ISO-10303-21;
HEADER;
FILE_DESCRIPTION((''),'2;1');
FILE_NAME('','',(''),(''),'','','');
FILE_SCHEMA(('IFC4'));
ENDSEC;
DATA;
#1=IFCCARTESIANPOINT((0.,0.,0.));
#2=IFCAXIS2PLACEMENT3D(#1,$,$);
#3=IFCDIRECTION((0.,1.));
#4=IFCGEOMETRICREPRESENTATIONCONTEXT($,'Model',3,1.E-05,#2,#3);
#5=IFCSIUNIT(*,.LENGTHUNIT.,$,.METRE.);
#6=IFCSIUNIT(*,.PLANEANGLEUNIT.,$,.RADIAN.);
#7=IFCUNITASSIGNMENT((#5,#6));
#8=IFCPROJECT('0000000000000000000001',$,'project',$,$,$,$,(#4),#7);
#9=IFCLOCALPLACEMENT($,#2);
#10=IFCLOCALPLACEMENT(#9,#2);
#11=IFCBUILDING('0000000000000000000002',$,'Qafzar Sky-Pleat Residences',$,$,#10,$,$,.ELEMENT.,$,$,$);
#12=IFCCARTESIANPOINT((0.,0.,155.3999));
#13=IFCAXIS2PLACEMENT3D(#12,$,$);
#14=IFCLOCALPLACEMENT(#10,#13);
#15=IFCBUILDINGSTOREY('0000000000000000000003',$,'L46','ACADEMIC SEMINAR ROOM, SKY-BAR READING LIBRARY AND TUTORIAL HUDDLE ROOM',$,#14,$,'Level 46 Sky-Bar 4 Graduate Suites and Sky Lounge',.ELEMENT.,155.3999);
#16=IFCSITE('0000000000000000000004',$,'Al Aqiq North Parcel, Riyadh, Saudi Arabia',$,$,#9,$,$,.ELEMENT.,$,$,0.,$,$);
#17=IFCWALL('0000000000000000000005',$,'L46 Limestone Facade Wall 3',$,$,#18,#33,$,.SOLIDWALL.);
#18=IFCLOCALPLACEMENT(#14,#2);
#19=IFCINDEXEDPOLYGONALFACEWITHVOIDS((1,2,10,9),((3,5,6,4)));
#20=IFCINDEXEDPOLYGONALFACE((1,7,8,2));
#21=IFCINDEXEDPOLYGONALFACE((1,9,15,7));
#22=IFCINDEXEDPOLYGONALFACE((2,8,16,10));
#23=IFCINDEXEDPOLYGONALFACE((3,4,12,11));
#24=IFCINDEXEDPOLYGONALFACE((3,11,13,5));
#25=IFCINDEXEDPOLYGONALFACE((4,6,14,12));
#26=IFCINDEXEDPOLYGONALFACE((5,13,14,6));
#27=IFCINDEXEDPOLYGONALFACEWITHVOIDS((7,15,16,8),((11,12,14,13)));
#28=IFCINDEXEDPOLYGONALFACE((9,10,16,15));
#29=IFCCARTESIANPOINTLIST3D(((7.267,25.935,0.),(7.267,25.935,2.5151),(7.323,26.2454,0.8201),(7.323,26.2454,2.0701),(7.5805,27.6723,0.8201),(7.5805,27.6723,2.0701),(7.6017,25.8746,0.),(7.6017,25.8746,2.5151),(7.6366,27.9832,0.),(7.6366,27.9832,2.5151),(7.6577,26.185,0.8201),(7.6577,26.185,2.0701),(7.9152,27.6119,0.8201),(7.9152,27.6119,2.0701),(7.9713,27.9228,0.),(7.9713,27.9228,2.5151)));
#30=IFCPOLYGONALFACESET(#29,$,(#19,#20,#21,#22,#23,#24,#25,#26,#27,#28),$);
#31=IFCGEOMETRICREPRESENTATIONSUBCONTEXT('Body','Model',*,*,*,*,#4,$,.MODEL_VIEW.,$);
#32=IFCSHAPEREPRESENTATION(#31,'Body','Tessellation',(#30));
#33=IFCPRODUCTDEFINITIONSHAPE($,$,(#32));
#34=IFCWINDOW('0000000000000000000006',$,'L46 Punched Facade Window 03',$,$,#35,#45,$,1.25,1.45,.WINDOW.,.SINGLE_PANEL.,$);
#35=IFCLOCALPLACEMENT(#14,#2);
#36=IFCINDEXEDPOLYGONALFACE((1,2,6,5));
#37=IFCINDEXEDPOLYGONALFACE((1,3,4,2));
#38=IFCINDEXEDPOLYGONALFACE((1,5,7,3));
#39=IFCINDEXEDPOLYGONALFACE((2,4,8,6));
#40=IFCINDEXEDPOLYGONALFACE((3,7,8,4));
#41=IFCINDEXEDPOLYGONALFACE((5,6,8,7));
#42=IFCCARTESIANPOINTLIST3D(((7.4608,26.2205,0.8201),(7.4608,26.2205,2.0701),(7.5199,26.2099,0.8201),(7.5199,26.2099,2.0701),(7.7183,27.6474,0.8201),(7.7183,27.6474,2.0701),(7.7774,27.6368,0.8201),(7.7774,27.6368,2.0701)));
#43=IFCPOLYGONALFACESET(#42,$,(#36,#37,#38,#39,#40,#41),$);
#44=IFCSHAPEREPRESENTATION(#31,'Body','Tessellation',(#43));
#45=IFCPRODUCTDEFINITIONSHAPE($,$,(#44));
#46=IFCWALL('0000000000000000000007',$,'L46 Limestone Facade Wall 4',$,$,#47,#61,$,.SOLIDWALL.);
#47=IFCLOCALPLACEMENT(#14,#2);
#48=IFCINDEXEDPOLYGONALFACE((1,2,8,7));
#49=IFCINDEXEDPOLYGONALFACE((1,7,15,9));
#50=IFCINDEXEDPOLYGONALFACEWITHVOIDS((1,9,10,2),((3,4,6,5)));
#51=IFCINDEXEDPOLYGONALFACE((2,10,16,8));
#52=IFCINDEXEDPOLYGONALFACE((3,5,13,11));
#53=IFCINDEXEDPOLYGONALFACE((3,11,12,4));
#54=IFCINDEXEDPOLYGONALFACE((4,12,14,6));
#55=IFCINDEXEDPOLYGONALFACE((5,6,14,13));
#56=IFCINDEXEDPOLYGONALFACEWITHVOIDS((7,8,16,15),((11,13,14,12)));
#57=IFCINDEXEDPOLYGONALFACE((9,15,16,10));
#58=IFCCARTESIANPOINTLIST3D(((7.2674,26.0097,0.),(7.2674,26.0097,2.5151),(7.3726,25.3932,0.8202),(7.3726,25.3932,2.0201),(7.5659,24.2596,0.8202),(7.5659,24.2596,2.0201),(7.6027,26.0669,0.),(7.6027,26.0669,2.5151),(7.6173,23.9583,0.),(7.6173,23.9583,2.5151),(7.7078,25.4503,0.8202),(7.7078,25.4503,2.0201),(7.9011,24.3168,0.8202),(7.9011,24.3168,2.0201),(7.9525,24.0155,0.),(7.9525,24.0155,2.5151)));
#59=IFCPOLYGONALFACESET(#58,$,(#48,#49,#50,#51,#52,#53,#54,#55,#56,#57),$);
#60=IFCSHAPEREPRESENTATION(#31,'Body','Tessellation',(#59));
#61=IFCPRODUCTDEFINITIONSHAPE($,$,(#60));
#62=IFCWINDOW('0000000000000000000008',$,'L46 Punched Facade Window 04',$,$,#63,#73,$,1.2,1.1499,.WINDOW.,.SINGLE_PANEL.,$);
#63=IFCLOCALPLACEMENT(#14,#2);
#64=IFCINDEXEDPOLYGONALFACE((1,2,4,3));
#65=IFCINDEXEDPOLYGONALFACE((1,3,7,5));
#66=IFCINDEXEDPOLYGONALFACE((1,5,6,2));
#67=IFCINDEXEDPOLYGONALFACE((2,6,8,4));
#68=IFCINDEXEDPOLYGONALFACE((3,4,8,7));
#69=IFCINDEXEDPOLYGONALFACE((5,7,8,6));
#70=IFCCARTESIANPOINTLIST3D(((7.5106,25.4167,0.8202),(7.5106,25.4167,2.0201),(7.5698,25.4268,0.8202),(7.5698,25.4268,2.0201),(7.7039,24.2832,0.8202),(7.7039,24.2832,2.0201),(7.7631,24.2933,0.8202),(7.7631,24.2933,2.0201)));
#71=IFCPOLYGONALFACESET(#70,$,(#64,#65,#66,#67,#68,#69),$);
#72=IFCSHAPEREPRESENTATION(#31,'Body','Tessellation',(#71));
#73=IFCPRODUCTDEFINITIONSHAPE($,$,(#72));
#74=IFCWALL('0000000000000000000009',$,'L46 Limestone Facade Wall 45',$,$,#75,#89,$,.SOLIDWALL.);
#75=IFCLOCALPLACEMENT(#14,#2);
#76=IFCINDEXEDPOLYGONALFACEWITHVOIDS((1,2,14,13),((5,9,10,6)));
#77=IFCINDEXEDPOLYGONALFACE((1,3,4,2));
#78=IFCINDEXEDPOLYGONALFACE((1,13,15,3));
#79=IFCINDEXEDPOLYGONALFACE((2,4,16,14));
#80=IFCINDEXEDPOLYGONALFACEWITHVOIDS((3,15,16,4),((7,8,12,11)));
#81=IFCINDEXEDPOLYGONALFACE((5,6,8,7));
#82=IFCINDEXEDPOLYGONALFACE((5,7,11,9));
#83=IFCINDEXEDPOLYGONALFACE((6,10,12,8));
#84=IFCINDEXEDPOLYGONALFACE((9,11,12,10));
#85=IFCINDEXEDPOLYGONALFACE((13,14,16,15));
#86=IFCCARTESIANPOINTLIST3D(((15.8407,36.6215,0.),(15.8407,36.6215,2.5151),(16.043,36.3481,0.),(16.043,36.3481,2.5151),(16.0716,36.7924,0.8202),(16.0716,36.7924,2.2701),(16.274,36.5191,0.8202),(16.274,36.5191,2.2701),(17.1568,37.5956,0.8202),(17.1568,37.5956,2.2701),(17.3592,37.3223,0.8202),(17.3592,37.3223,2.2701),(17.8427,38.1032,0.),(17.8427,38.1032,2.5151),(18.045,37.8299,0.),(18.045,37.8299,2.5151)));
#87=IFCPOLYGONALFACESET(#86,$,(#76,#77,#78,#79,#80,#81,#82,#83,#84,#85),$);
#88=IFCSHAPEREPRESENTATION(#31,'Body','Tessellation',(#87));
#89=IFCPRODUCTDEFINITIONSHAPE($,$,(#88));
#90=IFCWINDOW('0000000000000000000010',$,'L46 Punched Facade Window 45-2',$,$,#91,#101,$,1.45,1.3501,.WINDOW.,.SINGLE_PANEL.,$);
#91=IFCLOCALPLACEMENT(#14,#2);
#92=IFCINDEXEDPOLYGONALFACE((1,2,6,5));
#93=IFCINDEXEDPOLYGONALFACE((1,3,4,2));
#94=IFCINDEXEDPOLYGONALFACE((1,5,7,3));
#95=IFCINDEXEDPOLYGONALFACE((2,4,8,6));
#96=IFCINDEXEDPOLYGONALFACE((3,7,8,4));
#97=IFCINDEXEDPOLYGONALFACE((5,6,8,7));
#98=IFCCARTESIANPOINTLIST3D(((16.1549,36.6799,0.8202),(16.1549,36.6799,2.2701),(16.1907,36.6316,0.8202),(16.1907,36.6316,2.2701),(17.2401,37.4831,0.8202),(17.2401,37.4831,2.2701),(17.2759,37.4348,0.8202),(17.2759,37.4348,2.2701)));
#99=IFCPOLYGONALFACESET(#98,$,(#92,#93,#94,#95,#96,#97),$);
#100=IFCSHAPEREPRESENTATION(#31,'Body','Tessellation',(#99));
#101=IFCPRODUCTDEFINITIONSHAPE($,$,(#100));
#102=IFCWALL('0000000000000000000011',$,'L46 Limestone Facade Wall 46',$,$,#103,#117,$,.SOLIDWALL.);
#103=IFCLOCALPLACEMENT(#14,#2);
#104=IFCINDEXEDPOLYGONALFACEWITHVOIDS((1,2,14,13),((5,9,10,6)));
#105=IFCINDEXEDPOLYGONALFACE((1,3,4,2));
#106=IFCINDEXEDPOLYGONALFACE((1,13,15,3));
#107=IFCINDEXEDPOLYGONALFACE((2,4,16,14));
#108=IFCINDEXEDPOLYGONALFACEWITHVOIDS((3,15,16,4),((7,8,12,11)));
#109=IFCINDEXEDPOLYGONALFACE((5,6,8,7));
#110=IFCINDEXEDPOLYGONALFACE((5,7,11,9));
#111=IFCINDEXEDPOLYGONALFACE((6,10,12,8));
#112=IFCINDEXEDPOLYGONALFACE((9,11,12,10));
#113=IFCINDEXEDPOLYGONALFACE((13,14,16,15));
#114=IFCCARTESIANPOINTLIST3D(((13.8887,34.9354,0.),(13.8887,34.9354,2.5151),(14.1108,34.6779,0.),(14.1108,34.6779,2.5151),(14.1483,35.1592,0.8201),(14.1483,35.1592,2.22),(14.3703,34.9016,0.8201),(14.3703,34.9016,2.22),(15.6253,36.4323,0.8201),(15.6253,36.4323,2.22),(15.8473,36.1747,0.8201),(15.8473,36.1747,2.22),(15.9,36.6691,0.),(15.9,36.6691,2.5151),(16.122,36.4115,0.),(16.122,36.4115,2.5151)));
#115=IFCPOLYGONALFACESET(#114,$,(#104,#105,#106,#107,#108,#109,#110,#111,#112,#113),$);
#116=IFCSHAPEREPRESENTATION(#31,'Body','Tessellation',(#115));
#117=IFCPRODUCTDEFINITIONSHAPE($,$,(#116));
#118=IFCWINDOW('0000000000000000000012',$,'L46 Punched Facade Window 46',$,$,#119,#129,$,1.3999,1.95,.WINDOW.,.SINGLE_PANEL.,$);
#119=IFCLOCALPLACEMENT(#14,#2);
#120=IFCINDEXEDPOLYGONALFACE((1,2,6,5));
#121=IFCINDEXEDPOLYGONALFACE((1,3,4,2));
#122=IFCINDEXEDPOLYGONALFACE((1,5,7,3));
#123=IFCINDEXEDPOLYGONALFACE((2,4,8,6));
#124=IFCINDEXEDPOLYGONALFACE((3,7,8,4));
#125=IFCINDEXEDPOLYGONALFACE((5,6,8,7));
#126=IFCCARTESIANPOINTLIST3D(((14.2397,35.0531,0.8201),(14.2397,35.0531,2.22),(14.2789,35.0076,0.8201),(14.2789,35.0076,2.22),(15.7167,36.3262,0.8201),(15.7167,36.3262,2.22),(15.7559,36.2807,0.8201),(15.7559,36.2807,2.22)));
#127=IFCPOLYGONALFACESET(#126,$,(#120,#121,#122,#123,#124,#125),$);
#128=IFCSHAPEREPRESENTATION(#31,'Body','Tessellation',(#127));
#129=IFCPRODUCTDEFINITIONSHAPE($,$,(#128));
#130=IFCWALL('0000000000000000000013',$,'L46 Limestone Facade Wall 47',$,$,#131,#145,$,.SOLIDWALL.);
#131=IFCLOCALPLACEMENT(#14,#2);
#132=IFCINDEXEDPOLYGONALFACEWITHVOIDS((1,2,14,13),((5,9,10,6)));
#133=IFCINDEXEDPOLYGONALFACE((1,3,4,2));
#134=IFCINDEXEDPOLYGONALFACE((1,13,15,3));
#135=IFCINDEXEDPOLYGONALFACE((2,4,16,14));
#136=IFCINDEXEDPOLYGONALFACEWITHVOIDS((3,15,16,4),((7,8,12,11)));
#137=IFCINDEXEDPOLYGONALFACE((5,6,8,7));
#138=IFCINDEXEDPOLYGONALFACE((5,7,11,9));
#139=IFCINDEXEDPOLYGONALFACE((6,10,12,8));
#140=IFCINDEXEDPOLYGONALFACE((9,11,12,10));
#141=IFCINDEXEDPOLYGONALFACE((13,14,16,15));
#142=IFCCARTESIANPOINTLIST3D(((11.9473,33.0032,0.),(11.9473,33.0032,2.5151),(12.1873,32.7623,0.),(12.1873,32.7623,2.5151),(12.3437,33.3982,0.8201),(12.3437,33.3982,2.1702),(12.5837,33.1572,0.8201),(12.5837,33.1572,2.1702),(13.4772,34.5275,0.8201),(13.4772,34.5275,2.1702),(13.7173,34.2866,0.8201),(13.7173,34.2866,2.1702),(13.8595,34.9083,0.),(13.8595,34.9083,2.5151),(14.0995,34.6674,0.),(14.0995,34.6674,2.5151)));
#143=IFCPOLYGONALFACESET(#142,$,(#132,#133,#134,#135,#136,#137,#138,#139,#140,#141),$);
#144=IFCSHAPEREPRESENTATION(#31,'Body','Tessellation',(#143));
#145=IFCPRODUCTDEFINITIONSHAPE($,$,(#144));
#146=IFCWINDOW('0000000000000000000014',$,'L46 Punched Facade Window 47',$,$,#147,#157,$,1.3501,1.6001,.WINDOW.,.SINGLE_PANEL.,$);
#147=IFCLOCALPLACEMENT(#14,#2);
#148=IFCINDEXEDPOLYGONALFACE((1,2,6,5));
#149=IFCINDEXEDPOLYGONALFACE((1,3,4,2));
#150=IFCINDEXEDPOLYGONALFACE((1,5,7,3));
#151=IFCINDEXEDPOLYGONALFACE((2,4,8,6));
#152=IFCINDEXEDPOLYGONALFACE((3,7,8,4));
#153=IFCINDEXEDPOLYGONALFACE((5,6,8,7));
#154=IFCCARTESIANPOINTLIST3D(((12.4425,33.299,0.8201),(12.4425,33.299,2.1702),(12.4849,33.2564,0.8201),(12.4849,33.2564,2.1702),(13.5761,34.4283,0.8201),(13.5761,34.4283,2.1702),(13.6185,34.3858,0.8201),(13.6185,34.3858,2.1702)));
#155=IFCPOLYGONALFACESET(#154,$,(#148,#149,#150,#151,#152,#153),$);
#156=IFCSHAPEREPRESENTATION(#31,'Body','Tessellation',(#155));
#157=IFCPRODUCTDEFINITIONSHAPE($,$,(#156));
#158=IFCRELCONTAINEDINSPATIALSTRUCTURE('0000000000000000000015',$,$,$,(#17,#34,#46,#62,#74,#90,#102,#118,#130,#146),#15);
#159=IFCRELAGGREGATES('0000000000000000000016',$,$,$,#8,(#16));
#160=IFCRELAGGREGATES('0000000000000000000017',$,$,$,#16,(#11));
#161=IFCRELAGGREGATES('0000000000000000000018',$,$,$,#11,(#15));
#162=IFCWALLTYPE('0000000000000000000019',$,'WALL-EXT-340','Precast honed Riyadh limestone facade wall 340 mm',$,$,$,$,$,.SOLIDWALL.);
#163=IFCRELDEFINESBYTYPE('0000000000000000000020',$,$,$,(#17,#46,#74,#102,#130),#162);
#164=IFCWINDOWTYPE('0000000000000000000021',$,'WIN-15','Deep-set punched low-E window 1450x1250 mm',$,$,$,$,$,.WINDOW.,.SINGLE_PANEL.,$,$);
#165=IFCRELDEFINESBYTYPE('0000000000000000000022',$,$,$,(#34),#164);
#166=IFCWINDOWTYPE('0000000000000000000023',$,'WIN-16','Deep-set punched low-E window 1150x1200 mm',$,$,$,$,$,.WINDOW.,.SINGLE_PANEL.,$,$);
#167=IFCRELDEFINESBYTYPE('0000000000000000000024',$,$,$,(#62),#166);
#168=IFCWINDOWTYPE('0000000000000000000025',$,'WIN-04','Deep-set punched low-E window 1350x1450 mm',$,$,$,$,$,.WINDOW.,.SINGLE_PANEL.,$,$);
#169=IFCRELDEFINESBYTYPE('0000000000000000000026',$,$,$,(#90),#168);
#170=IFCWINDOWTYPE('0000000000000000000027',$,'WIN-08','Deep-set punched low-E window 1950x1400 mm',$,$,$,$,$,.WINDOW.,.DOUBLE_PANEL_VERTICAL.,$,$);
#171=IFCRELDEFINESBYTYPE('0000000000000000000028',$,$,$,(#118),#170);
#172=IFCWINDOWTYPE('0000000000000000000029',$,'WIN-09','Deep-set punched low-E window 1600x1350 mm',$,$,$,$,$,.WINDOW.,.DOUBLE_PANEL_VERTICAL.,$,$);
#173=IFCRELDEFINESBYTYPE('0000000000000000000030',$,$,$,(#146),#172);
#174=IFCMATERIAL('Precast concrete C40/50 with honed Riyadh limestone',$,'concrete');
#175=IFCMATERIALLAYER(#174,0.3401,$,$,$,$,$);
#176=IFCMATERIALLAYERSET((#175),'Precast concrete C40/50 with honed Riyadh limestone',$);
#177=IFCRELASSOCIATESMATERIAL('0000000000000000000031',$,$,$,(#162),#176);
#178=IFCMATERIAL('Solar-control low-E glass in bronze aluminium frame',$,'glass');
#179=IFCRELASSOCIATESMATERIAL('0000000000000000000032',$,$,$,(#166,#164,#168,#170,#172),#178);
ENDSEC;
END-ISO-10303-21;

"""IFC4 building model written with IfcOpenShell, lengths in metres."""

from ifc_helpers import new_model, si_unit, direction, frame, frame_2d, origin, place, context, subcontext, project, spatial, rectangle, extrude, source, transform, mapped, material, layer, layer_set, type_object, element, fill, save


model = new_model("IFC4")

# Units and contexts
model_context = context("Model", 3, precision=1e-05, world=origin(), true_north=direction((0.0, 1.0)))
body_context = subcontext(model_context, "Body", "Model", "MODEL_VIEW")
ifc_project = project(units=[si_unit("LENGTHUNIT", "METRE"), si_unit("PLANEANGLEUNIT", "RADIAN")], contexts=[model_context])

# Site, building, storey
site_placement = place(None, origin())
site = spatial("IfcSite", under=ifc_project, at=site_placement, Name="Al Aqiq North Parcel, Riyadh, Saudi Arabia", CompositionType="ELEMENT", RefElevation=0.0)
building_placement = place(site_placement, origin())
building = spatial("IfcBuilding", under=site, at=building_placement, Name="Qafzar Sky-Pleat Residences", CompositionType="ELEMENT")
storey_placement = place(building_placement, frame((0.0, 0.0, 155.3999)))
storey = spatial("IfcBuildingStorey", under=building, at=storey_placement, Name="L46", Description="ACADEMIC SEMINAR ROOM, SKY-BAR READING LIBRARY AND TUTORIAL HUDDLE ROOM", LongName="Level 46 Sky-Bar 4 Graduate Suites and Sky Lounge", CompositionType="ELEMENT", Elevation=155.3999)

# Walls, openings, windows
ifc_material_1 = material(Name="Precast concrete C40/50 with honed Riyadh limestone", Category="concrete")
ifc_layer_1 = layer(ifc_material_1, 0.3401)
ifc_layer_set_1 = layer_set([ifc_layer_1], Name="Precast concrete C40/50 with honed Riyadh limestone")
wall_type_1 = type_object("IfcWallType", Name="WALL-EXT-340", Description="Precast honed Riyadh limestone facade wall 340 mm", PredefinedType="SOLIDWALL", material=ifc_layer_set_1)
ifc_material_2 = material(Name="Solar-control low-E glass in bronze aluminium frame", Category="glass")
window_type_1 = type_object("IfcWindowType", Name="WIN-16", Description="Deep-set punched low-E window 1150x1200 mm", PartitioningType="SINGLE_PANEL", PredefinedType="WINDOW", material=ifc_material_2)
shared_shape_1 = source(origin(), body_context, "Body", "SweptSolid", [
    extrude(rectangle(XDim=1.1499, YDim=1.2, at=frame_2d((0.575, 0.6001))), frame((0.0, 0.03, 0.0), z_axis=(0.0, -1.0, 0.0), x_axis=(1.0, 0.0, 0.0)), (0.0, 0.0, 1.0), 0.0601),
])
wall_1_placement = place(storey_placement, frame((7.804, 27.9529, 0.0), z_axis=(0.0, 0.0, 1.0), x_axis=(-0.177605, -0.984102, 0.0)))
wall_1 = element("IfcWall", 1, at=wall_1_placement, inside=storey, type_object=wall_type_1, Name="L46 Limestone Facade Wall 3", PredefinedType="SOLIDWALL", context=body_context, shape_type="SweptSolid", body=[
    extrude(rectangle(XDim=2.0813, YDim=0.3401, at=frame_2d((1.0405, 0.0))), origin(), (0.0, 0.0, 1.0), 2.5151),
])
opening_1_placement = place(wall_1_placement, frame((0.3157, 0.0, 0.8201)))
opening_1 = element("IfcOpeningElement", 2, at=opening_1_placement, cuts=wall_1, PredefinedType="OPENING", context=body_context, shape_type="SweptSolid", body=[
    extrude(rectangle(XDim=1.45, YDim=1.25, at=frame_2d((0.7251, 0.625))), frame((0.0, 0.1802, 0.0), z_axis=(0.0, -1.0, 0.0), x_axis=(1.0, 0.0, 0.0)), (0.0, 0.0, 1.0), 0.3601),
])
window_type_2 = type_object("IfcWindowType", Name="WIN-15", Description="Deep-set punched low-E window 1450x1250 mm", PartitioningType="SINGLE_PANEL", PredefinedType="WINDOW", material=ifc_material_2)
shared_shape_2 = source(origin(), body_context, "Body", "SweptSolid", [
    extrude(rectangle(XDim=1.45, YDim=1.25, at=frame_2d((0.7251, 0.625))), frame((0.0, 0.03, 0.0), z_axis=(0.0, -1.0, 0.0), x_axis=(1.0, 0.0, 0.0)), (0.0, 0.0, 1.0), 0.0601),
])
window_1_placement = place(opening_1_placement, origin())
window_1 = element("IfcWindow", 3, at=window_1_placement, inside=storey, type_object=window_type_2, Name="L46 Punched Facade Window 03", OverallHeight=1.25, OverallWidth=1.45, PartitioningType="SINGLE_PANEL", PredefinedType="WINDOW", context=body_context, shape_type="MappedRepresentation", body=[
    mapped(shared_shape_2, transform((0.0, 0.0, 0.0), x_axis=(1.0, 0.0, 0.0), y_axis=(0.0, 1.0, 0.0), z_axis=(0.0, 0.0, 1.0), scale=1.0)),
])
fill(opening_1, window_1)
wall_2_placement = place(storey_placement, frame((7.4351, 26.0383, 0.0), z_axis=(0.0, 0.0, 1.0), x_axis=(0.168107, -0.985769, 0.0)))
wall_2 = element("IfcWall", 4, at=wall_2_placement, inside=storey, type_object=wall_type_1, Name="L46 Limestone Facade Wall 4", PredefinedType="SOLIDWALL", context=body_context, shape_type="SweptSolid", body=[
    extrude(rectangle(XDim=2.0811, YDim=0.3401, at=frame_2d((1.0405, 0.0))), origin(), (0.0, 0.0, 1.0), 2.5151),
])
opening_2_placement = place(wall_2_placement, frame((0.6255, 0.0, 0.8201)))
opening_2 = element("IfcOpeningElement", 5, at=opening_2_placement, cuts=wall_2, PredefinedType="OPENING", context=body_context, shape_type="SweptSolid", body=[
    extrude(rectangle(XDim=1.1499, YDim=1.2, at=frame_2d((0.575, 0.6001))), frame((0.0, 0.1802, 0.0), z_axis=(0.0, -1.0, 0.0), x_axis=(1.0, 0.0, 0.0)), (0.0, 0.0, 1.0), 0.3601),
])
window_2_placement = place(opening_2_placement, origin())
window_2 = element("IfcWindow", 6, at=window_2_placement, inside=storey, type_object=window_type_1, Name="L46 Punched Facade Window 04", OverallHeight=1.2, OverallWidth=1.1499, PartitioningType="SINGLE_PANEL", PredefinedType="WINDOW", context=body_context, shape_type="MappedRepresentation", body=[
    mapped(shared_shape_1, transform((0.0, 0.0, 0.0), x_axis=(1.0, 0.0, 0.0), y_axis=(0.0, 1.0, 0.0), z_axis=(0.0, 0.0, 1.0), scale=1.0)),
])
fill(opening_2, window_2)
wall_3_placement = place(storey_placement, frame((17.9438, 37.9666, 0.0), z_axis=(0.0, 0.0, 1.0), x_axis=(-0.803795, -0.594906, 0.0)))
wall_3 = element("IfcWall", 7, at=wall_3_placement, inside=storey, type_object=wall_type_1, Name="L46 Limestone Facade Wall 45", PredefinedType="SOLIDWALL", context=body_context, shape_type="SweptSolid", body=[
    extrude(rectangle(XDim=2.4907, YDim=0.3401, at=frame_2d((1.2454, 0.0))), origin(), (0.0, 0.0, 1.0), 2.5151),
])
opening_3_placement = place(wall_3_placement, frame((0.8533, 0.0, 0.8201)))
opening_3 = element("IfcOpeningElement", 8, at=opening_3_placement, cuts=wall_3, PredefinedType="OPENING", context=body_context, shape_type="SweptSolid", body=[
    extrude(rectangle(XDim=1.3501, YDim=1.45, at=frame_2d((0.675, 0.7251))), frame((0.0, 0.1802, 0.0), z_axis=(0.0, -1.0, 0.0), x_axis=(1.0, 0.0, 0.0)), (0.0, 0.0, 1.0), 0.3601),
])
window_type_3 = type_object("IfcWindowType", Name="WIN-04", Description="Deep-set punched low-E window 1350x1450 mm", PartitioningType="SINGLE_PANEL", PredefinedType="WINDOW", material=ifc_material_2)
shared_shape_3 = source(origin(), body_context, "Body", "SweptSolid", [
    extrude(rectangle(XDim=1.3501, YDim=1.45, at=frame_2d((0.675, 0.7251))), frame((0.0, 0.03, 0.0), z_axis=(0.0, -1.0, 0.0), x_axis=(1.0, 0.0, 0.0)), (0.0, 0.0, 1.0), 0.0601),
])
window_3_placement = place(opening_3_placement, origin())
window_3 = element("IfcWindow", 9, at=window_3_placement, inside=storey, type_object=window_type_3, Name="L46 Punched Facade Window 45-2", OverallHeight=1.45, OverallWidth=1.3501, PartitioningType="SINGLE_PANEL", PredefinedType="WINDOW", context=body_context, shape_type="MappedRepresentation", body=[
    mapped(shared_shape_3, transform((0.0, 0.0, 0.0), x_axis=(1.0, 0.0, 0.0), y_axis=(0.0, 1.0, 0.0), z_axis=(0.0, 0.0, 1.0), scale=1.0)),
])
fill(opening_3, window_3)
wall_4_placement = place(storey_placement, frame((16.011, 36.5403, 0.0), z_axis=(0.0, 0.0, 1.0), x_axis=(-0.757443, -0.652901, 0.0)))
wall_4 = element("IfcWall", 10, at=wall_4_placement, inside=storey, type_object=wall_type_1, Name="L46 Limestone Facade Wall 46", PredefinedType="SOLIDWALL", context=body_context, shape_type="SweptSolid", body=[
    extrude(rectangle(XDim=2.6553, YDim=0.3401, at=frame_2d((1.3276, 0.0))), origin(), (0.0, 0.0, 1.0), 2.5151),
])
opening_4_placement = place(wall_4_placement, frame((0.3625, 0.0, 0.8201)))
opening_4 = element("IfcOpeningElement", 11, at=opening_4_placement, cuts=wall_4, PredefinedType="OPENING", context=body_context, shape_type="SweptSolid", body=[
    extrude(rectangle(XDim=1.95, YDim=1.3999, at=frame_2d((0.9751, 0.7))), frame((0.0, 0.1802, 0.0), z_axis=(0.0, -1.0, 0.0), x_axis=(1.0, 0.0, 0.0)), (0.0, 0.0, 1.0), 0.3601),
])
window_type_4 = type_object("IfcWindowType", Name="WIN-08", Description="Deep-set punched low-E window 1950x1400 mm", PartitioningType="DOUBLE_PANEL_VERTICAL", PredefinedType="WINDOW", material=ifc_material_2)
shared_shape_4 = source(origin(), body_context, "Body", "SweptSolid", [
    extrude(rectangle(XDim=1.95, YDim=1.3999, at=frame_2d((0.9751, 0.7))), frame((0.0, 0.03, 0.0), z_axis=(0.0, -1.0, 0.0), x_axis=(1.0, 0.0, 0.0)), (0.0, 0.0, 1.0), 0.0601),
])
window_4_placement = place(opening_4_placement, origin())
window_4 = element("IfcWindow", 12, at=window_4_placement, inside=storey, type_object=window_type_4, Name="L46 Punched Facade Window 46", OverallHeight=1.3999, OverallWidth=1.95, PartitioningType="SINGLE_PANEL", PredefinedType="WINDOW", context=body_context, shape_type="MappedRepresentation", body=[
    mapped(shared_shape_4, transform((0.0, 0.0, 0.0), x_axis=(1.0, 0.0, 0.0), y_axis=(0.0, 1.0, 0.0), z_axis=(0.0, 0.0, 1.0), scale=1.0)),
])
fill(opening_4, window_4)
wall_5_placement = place(storey_placement, frame((13.9795, 34.7878, 0.0), z_axis=(0.0, 0.0, 1.0), x_axis=(-0.708417, -0.705794, 0.0)))
wall_5 = element("IfcWall", 13, at=wall_5_placement, inside=storey, type_object=wall_type_1, Name="L46 Limestone Facade Wall 47", PredefinedType="SOLIDWALL", context=body_context, shape_type="SweptSolid", body=[
    extrude(rectangle(XDim=2.6992, YDim=0.3401, at=frame_2d((1.3496, 0.0))), origin(), (0.0, 0.0, 1.0), 2.5151),
])
opening_5_placement = place(wall_5_placement, frame((0.5396, 0.0, 0.8201)))
opening_5 = element("IfcOpeningElement", 14, at=opening_5_placement, cuts=wall_5, PredefinedType="OPENING", context=body_context, shape_type="SweptSolid", body=[
    extrude(rectangle(XDim=1.6001, YDim=1.3501, at=frame_2d((0.8, 0.675))), frame((0.0, 0.1802, 0.0), z_axis=(0.0, -1.0, 0.0), x_axis=(1.0, 0.0, 0.0)), (0.0, 0.0, 1.0), 0.3601),
])
window_type_5 = type_object("IfcWindowType", Name="WIN-09", Description="Deep-set punched low-E window 1600x1350 mm", PartitioningType="DOUBLE_PANEL_VERTICAL", PredefinedType="WINDOW", material=ifc_material_2)
shared_shape_5 = source(origin(), body_context, "Body", "SweptSolid", [
    extrude(rectangle(XDim=1.6001, YDim=1.3501, at=frame_2d((0.8, 0.675))), frame((0.0, 0.03, 0.0), z_axis=(0.0, -1.0, 0.0), x_axis=(1.0, 0.0, 0.0)), (0.0, 0.0, 1.0), 0.0601),
])
window_5_placement = place(opening_5_placement, origin())
window_5 = element("IfcWindow", 15, at=window_5_placement, inside=storey, type_object=window_type_5, Name="L46 Punched Facade Window 47", OverallHeight=1.3501, OverallWidth=1.6001, PartitioningType="SINGLE_PANEL", PredefinedType="WINDOW", context=body_context, shape_type="MappedRepresentation", body=[
    mapped(shared_shape_5, transform((0.0, 0.0, 0.0), x_axis=(1.0, 0.0, 0.0), y_axis=(0.0, 1.0, 0.0), z_axis=(0.0, 0.0, 1.0), scale=1.0)),
])
fill(opening_5, window_5)

save(model, "model.ifc")
